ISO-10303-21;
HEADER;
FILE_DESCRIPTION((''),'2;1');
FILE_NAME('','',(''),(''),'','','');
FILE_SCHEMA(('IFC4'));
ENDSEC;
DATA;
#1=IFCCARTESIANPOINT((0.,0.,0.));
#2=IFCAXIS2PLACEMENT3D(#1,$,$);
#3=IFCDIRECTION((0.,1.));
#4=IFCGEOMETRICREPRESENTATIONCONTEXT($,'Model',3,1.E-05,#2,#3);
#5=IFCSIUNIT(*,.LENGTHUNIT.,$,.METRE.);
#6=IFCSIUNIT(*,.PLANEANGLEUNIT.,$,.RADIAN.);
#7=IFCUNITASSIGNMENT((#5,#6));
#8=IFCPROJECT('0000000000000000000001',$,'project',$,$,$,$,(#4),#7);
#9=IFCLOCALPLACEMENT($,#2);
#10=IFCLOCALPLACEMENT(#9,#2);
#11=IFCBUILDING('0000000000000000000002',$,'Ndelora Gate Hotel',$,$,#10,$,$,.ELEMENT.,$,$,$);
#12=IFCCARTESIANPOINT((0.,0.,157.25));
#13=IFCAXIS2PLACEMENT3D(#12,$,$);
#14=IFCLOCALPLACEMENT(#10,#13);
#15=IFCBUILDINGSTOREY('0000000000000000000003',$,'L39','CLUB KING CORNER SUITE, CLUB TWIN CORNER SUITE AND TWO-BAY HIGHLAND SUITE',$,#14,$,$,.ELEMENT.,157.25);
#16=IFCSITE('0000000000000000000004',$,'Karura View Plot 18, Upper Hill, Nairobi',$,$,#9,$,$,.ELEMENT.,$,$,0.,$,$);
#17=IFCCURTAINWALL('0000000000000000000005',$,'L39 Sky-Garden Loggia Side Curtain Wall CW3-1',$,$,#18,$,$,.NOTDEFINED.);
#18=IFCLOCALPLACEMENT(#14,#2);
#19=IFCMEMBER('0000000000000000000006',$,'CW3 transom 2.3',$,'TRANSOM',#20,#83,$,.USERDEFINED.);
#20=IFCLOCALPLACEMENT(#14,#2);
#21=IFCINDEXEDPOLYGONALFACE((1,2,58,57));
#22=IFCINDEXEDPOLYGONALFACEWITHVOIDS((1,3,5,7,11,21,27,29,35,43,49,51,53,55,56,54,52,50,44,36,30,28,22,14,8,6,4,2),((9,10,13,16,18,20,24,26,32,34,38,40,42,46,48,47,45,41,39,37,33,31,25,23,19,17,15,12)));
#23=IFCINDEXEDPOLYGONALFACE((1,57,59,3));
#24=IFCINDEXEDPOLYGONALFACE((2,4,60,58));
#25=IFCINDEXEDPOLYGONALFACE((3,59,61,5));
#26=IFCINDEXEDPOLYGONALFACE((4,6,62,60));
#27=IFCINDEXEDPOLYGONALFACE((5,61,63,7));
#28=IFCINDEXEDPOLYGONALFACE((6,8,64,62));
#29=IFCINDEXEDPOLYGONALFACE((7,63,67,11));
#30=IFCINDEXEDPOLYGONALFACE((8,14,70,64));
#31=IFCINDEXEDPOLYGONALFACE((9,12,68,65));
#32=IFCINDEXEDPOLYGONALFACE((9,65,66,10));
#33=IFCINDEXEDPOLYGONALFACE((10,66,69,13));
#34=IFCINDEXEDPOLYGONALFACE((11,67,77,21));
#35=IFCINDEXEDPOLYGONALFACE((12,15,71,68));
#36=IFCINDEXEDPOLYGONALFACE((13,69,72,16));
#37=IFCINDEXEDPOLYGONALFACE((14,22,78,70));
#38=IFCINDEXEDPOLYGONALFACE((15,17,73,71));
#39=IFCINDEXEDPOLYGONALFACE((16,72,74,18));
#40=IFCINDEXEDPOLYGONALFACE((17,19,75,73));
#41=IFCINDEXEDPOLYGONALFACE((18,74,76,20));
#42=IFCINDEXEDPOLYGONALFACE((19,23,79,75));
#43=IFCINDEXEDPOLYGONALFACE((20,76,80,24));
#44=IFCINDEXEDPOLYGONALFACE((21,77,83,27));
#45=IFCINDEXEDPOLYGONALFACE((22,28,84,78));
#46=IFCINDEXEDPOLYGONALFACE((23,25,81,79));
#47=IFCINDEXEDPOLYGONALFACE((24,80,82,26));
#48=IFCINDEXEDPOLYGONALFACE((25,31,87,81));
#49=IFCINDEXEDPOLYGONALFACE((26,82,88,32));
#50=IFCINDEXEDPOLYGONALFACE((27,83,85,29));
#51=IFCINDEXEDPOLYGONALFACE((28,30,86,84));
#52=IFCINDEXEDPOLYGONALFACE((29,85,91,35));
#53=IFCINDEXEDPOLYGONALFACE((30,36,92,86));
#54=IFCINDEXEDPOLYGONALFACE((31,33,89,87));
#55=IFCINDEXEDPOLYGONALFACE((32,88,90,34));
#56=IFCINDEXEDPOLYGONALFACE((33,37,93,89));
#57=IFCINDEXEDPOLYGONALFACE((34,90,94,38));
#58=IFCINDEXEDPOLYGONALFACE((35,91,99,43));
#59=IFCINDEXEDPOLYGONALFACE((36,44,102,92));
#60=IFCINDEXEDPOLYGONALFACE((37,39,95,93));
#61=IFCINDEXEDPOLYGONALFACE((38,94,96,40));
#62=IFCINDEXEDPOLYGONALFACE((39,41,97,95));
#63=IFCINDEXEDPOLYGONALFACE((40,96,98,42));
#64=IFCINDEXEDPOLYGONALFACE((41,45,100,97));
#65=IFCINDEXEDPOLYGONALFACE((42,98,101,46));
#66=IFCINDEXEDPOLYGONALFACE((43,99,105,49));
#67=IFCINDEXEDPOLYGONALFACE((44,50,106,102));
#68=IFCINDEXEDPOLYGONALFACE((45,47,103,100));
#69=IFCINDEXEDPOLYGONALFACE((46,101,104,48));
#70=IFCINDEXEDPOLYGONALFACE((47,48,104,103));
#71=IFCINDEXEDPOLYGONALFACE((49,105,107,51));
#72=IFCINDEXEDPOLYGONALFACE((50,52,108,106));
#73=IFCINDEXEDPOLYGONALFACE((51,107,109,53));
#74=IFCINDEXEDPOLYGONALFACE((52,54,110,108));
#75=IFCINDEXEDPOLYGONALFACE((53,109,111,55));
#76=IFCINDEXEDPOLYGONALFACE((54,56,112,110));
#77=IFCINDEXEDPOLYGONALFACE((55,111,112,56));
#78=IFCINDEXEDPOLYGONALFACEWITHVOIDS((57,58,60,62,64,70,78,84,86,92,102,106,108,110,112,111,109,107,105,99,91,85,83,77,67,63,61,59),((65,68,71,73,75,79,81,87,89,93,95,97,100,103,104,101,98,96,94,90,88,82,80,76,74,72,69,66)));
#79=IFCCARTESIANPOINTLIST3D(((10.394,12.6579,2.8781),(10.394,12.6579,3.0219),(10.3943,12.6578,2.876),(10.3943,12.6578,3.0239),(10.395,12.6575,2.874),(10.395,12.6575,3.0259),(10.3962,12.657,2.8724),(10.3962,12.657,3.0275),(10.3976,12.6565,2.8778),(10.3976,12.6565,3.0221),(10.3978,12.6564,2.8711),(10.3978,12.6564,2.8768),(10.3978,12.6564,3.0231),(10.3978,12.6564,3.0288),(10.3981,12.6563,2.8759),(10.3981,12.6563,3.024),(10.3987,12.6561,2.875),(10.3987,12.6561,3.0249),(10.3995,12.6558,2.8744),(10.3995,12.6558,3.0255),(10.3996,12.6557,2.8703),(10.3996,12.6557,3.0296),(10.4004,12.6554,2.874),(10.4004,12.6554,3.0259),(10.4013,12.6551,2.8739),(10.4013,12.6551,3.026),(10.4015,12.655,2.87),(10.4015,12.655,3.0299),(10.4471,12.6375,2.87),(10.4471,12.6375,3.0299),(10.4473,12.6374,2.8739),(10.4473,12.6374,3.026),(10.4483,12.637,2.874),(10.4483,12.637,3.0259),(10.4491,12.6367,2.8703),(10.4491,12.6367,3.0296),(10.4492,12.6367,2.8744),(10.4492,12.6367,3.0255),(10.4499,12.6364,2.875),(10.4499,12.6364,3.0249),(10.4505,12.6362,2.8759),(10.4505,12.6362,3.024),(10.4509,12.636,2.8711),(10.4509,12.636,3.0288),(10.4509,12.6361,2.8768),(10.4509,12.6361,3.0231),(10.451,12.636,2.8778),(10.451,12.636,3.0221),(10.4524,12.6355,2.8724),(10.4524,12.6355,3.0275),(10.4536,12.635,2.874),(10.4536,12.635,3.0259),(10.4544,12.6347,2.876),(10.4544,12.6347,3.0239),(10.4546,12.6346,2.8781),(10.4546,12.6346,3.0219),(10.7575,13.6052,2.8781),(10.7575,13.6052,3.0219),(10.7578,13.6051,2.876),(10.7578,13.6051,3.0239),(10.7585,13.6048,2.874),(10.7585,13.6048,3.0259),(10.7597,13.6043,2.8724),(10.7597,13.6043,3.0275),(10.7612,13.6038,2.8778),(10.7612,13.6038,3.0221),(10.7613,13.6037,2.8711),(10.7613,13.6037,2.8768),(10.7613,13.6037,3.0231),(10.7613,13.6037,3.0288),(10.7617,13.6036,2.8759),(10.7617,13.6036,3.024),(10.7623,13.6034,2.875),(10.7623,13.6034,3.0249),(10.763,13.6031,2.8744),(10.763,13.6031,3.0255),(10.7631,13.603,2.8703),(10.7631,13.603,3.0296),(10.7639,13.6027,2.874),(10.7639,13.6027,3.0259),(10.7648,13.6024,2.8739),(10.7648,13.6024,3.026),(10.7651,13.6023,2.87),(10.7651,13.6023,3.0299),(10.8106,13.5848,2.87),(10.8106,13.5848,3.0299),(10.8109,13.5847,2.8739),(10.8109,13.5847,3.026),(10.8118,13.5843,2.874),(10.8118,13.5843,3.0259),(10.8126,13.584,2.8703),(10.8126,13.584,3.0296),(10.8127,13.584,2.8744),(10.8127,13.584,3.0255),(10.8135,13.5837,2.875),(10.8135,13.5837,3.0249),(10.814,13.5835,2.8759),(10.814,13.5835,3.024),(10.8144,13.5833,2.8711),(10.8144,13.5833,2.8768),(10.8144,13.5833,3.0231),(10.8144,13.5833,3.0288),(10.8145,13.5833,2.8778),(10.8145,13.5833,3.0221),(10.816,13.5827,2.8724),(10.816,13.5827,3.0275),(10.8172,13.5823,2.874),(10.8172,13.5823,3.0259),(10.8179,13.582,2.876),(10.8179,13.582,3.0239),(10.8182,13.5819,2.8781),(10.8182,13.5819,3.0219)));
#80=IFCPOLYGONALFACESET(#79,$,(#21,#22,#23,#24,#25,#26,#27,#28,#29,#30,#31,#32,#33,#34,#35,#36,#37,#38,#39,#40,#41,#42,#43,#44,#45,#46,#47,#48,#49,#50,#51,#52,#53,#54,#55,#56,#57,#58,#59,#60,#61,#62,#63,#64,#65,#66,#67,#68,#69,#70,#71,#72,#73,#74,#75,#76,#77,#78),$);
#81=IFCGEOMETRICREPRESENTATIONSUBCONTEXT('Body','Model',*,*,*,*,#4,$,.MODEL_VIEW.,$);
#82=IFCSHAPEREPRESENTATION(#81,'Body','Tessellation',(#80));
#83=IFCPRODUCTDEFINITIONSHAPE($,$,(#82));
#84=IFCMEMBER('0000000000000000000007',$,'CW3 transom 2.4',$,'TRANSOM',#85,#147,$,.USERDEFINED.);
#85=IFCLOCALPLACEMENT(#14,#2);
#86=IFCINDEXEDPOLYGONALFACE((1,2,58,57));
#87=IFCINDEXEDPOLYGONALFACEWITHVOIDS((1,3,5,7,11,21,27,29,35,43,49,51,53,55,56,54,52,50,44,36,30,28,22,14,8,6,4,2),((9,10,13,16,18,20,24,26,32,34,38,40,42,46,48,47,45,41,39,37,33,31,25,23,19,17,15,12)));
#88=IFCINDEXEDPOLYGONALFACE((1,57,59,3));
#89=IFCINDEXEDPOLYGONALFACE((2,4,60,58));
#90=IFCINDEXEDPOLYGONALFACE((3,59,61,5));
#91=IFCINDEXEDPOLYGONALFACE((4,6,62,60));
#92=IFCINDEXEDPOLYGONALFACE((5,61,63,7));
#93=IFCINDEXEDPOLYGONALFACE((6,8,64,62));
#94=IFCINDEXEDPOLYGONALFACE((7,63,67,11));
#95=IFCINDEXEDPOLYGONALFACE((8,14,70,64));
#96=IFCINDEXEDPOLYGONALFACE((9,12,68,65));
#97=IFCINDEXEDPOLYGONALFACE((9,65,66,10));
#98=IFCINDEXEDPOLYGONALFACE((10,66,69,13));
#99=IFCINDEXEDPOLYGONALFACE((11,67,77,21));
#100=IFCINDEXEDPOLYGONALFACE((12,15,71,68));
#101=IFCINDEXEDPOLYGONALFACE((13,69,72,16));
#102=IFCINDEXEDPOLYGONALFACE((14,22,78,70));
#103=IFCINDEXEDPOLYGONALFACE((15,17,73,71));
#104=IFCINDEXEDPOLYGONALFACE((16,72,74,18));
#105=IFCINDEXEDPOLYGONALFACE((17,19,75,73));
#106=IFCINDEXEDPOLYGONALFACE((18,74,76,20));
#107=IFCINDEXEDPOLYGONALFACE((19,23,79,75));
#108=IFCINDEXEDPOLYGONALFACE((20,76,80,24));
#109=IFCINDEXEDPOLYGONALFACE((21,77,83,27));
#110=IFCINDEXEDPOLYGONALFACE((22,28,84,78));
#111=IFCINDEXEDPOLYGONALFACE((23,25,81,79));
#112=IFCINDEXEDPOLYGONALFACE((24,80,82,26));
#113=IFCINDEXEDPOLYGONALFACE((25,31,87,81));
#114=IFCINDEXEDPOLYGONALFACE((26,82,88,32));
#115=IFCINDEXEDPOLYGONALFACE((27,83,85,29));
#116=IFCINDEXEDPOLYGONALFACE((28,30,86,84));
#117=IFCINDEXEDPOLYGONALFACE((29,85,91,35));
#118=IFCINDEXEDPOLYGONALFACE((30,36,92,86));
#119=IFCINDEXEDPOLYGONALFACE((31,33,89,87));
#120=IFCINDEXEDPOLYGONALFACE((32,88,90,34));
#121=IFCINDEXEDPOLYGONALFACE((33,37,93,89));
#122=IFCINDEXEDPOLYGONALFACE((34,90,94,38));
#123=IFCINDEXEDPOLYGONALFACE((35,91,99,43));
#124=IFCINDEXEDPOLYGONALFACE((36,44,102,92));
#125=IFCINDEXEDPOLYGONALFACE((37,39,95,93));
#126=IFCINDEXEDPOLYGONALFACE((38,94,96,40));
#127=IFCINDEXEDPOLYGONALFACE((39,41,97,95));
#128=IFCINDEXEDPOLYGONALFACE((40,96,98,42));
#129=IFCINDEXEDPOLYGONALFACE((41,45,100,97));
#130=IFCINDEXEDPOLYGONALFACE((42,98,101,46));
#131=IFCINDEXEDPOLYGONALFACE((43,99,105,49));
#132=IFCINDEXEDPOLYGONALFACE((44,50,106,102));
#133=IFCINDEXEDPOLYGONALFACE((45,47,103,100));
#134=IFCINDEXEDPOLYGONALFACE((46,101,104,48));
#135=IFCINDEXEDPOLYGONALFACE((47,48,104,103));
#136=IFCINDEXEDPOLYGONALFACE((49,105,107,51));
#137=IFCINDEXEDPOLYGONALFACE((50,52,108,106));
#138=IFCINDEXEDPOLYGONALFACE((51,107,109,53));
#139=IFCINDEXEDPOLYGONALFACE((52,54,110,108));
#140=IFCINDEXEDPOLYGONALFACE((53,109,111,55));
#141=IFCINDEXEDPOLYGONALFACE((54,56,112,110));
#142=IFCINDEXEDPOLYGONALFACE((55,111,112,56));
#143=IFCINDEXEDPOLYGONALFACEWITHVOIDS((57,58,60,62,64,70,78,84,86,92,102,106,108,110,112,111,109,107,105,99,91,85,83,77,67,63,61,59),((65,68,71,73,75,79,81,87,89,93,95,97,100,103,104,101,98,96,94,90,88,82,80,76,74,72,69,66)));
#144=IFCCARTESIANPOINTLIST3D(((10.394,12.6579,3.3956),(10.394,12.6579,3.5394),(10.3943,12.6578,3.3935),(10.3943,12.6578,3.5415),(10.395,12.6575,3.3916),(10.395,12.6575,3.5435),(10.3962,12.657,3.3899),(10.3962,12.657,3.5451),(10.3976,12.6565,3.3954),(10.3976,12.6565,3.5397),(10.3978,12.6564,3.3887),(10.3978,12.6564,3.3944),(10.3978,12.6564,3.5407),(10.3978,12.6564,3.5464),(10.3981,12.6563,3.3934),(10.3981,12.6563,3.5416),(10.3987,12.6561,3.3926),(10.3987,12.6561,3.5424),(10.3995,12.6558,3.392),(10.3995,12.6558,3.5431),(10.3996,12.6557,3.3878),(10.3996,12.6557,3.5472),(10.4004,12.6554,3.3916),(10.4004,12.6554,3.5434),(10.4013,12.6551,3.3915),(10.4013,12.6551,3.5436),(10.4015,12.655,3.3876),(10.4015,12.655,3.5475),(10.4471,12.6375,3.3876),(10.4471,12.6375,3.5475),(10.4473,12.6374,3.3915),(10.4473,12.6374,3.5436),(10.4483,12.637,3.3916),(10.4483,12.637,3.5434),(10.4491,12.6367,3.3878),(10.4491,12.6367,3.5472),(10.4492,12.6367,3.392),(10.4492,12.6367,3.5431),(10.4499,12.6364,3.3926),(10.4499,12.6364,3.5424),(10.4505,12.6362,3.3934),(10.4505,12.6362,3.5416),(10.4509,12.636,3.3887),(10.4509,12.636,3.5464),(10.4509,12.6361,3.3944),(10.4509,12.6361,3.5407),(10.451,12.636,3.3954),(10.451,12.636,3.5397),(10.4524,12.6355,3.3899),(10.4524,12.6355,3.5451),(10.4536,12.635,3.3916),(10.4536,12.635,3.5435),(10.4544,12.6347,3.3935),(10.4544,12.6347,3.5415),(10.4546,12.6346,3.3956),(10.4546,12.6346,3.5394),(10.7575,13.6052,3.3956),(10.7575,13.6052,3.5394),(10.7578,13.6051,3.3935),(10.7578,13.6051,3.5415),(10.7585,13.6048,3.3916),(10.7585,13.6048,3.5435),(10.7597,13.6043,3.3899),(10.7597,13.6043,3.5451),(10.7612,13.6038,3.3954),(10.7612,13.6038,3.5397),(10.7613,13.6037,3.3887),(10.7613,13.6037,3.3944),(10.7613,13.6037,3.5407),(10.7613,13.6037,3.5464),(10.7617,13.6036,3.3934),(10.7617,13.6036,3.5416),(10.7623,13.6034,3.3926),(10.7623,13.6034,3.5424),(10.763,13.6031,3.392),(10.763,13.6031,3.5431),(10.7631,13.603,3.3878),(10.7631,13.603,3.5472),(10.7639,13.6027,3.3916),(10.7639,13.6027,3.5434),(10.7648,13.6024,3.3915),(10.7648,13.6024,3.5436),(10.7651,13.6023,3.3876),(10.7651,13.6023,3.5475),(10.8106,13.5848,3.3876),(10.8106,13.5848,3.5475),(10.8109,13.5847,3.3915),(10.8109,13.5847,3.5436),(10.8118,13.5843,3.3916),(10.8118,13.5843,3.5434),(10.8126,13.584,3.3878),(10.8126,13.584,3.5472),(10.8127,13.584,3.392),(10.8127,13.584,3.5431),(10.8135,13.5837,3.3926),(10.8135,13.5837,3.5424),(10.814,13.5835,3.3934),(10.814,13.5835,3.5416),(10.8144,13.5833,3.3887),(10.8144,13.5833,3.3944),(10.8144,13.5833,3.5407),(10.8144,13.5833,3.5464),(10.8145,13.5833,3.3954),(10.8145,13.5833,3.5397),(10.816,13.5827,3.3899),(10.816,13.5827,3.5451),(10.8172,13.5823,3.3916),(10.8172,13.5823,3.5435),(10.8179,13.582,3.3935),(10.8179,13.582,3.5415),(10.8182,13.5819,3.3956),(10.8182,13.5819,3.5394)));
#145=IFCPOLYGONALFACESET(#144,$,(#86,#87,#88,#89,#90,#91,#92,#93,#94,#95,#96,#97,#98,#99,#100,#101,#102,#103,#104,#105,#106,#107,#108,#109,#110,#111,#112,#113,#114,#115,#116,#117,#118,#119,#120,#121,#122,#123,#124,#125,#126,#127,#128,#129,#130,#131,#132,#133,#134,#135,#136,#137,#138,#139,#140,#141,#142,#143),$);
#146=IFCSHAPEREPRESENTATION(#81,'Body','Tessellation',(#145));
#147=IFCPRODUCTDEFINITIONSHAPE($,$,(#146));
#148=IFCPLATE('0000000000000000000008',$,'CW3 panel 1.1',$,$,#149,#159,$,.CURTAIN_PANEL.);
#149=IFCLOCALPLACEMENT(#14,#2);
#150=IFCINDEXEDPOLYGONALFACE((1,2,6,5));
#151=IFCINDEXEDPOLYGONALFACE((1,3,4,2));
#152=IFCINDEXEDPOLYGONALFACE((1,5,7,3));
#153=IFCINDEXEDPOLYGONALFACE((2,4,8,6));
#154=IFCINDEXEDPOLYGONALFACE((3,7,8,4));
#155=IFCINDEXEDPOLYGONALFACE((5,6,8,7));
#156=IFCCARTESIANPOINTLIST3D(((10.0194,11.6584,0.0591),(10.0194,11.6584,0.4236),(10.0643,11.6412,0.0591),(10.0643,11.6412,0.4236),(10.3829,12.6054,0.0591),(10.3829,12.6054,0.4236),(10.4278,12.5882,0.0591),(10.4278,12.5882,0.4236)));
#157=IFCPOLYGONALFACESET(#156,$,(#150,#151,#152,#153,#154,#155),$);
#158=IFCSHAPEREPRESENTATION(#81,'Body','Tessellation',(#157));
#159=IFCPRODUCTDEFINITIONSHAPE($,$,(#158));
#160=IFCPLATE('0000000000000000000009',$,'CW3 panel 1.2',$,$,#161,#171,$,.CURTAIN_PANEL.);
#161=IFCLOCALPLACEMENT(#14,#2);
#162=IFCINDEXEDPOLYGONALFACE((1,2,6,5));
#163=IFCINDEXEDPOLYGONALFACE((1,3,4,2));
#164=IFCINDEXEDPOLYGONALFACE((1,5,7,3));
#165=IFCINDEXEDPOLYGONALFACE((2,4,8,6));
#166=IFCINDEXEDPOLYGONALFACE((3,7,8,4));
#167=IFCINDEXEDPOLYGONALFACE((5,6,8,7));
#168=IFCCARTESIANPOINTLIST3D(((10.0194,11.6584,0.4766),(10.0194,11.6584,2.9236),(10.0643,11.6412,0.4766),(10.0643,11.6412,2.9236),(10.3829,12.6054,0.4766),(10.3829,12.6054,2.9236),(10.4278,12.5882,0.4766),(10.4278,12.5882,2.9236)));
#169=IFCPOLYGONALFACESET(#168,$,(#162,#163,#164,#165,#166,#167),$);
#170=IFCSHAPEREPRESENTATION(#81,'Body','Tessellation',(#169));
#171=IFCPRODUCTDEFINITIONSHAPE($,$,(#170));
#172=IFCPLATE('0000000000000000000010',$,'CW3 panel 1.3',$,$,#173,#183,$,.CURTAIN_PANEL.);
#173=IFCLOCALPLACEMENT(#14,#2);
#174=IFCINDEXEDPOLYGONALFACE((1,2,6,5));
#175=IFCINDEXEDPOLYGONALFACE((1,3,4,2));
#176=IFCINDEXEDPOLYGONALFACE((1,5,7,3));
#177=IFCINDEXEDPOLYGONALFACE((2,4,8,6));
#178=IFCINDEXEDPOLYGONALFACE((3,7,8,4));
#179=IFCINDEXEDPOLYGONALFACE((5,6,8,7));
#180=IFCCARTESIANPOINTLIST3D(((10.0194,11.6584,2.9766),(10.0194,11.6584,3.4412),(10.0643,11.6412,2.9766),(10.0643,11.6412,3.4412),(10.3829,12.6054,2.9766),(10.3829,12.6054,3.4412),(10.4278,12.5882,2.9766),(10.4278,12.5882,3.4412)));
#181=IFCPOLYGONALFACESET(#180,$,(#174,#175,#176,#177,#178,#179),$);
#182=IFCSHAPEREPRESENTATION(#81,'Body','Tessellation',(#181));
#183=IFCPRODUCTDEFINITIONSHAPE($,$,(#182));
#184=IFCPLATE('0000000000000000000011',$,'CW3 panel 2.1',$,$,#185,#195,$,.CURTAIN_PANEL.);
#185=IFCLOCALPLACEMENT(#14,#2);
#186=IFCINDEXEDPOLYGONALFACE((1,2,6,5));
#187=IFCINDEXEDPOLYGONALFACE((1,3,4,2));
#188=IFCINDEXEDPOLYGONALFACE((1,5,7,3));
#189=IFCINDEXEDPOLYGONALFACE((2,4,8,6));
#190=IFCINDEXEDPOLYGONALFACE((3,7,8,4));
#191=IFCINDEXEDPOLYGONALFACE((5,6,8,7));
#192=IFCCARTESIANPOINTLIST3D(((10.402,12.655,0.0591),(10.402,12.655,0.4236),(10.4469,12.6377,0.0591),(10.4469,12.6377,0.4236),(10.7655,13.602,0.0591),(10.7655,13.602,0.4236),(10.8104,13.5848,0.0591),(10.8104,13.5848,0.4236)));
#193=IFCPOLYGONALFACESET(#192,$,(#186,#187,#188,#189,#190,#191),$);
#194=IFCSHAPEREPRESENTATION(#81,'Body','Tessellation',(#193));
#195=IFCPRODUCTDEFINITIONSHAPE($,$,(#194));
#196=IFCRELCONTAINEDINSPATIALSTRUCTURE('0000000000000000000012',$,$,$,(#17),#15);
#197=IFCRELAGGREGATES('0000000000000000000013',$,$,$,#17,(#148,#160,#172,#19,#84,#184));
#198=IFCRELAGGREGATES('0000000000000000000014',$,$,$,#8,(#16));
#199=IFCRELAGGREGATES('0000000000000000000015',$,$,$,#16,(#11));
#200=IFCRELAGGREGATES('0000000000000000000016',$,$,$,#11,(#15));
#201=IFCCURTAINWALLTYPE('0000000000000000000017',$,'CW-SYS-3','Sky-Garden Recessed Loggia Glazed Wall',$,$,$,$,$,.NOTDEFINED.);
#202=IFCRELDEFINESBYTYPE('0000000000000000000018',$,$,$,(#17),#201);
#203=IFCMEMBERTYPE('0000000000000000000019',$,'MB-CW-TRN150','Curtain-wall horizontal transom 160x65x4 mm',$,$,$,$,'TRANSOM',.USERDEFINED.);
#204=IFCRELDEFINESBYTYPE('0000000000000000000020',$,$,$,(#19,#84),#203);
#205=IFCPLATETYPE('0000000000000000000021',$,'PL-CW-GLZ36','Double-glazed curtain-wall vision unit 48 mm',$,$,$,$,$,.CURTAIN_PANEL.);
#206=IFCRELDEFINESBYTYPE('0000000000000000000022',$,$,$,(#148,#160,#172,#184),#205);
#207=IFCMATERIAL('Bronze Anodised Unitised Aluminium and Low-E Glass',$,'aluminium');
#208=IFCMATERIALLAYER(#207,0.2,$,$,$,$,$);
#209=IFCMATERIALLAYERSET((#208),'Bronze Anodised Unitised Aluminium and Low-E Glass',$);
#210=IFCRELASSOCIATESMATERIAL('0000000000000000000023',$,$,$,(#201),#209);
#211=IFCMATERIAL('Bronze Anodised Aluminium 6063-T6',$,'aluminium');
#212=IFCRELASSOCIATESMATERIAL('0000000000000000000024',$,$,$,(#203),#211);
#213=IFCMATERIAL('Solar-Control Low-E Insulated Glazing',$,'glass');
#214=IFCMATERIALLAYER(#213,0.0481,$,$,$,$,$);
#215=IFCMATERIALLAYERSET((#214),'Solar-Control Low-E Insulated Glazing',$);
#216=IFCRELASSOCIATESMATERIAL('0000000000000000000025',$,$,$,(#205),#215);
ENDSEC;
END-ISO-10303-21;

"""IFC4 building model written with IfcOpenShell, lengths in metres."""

from ifc_helpers import new_model, si_unit, direction, frame, origin, origin_2d, place, context, subcontext, project, spatial, rectangle, hollow_rectangle, extrude, material, layer, layer_set, material_profile, profile_set, type_object, element, aggregate, save


model = new_model("IFC4")

# Units and contexts
model_context = context("Model", 3, precision=1e-05, world=origin(), true_north=direction((0.0, 1.0)))
body_context = subcontext(model_context, "Body", "Model", "MODEL_VIEW")
ifc_project = project(units=[si_unit("LENGTHUNIT", "METRE"), si_unit("PLANEANGLEUNIT", "RADIAN")], contexts=[model_context])

# Site, building, storey
site_placement = place(None, origin())
site = spatial("IfcSite", under=ifc_project, at=site_placement, Name="Karura View Plot 18, Upper Hill, Nairobi", CompositionType="ELEMENT", RefElevation=0.0)
building_placement = place(site_placement, origin())
building = spatial("IfcBuilding", under=site, at=building_placement, Name="Ndelora Gate Hotel", CompositionType="ELEMENT")
storey_placement = place(building_placement, frame((0.0, 0.0, 157.25)))
storey = spatial("IfcBuildingStorey", under=building, at=storey_placement, Name="L39", Description="CLUB KING CORNER SUITE, CLUB TWIN CORNER SUITE AND TWO-BAY HIGHLAND SUITE", CompositionType="ELEMENT", Elevation=157.25)

# Curtain wall, members, plates
ifc_material_1 = material(Name="Bronze Anodised Unitised Aluminium and Low-E Glass", Category="aluminium")
ifc_layer_1 = layer(ifc_material_1, 0.2)
ifc_layer_set_1 = layer_set([ifc_layer_1], Name="Bronze Anodised Unitised Aluminium and Low-E Glass")
curtain_wall_type = type_object("IfcCurtainWallType", Name="CW-SYS-3", Description="Sky-Garden Recessed Loggia Glazed Wall", PredefinedType="NOTDEFINED", material=ifc_layer_set_1)
curtain_wall_placement = place(storey_placement, origin())
curtain_wall = element("IfcCurtainWall", 1, at=curtain_wall_placement, inside=storey, type_object=curtain_wall_type, Name="L39 Sky-Garden Loggia Side Curtain Wall CW3-1", PredefinedType="NOTDEFINED")
ifc_material_2 = material(Name="Bronze Anodised Aluminium 6063-T6", Category="aluminium")
ifc_material_profile_1 = material_profile(ifc_material_2, hollow_rectangle(XDim=0.0649, YDim=0.1599, WallThickness=0.0039, InnerFilletRadius=0.0039, OuterFilletRadius=0.0081, at=origin_2d()), Name="ALU 160x65x4")
ifc_profile_set_1 = profile_set([ifc_material_profile_1], Name="Bronze Anodised Aluminium 6063-T6")
member_type_1 = type_object("IfcMemberType", Name="MB-CW-TRN150", Description="Curtain-wall horizontal transom 160x65x4 mm", ElementType="TRANSOM", PredefinedType="USERDEFINED", material=ifc_profile_set_1)
member_1_placement = place(storey_placement, frame((10.4243, 12.6462, 2.95), z_axis=(0.358286, 0.933612, 0.0), x_axis=(-0.933612, 0.358286, 0.0)))
member_1 = element("IfcMember", 2, at=member_1_placement, type_object=member_type_1, Name="CW3 transom 2.3", ObjectType="TRANSOM", PredefinedType="USERDEFINED", context=body_context, shape_type="SweptSolid", body=[
    extrude(hollow_rectangle(XDim=0.0649, YDim=0.1599, WallThickness=0.0039, InnerFilletRadius=0.0039, OuterFilletRadius=0.0081, at=origin_2d()), origin(), (0.0, 0.0, 1.0), 1.0146),
])
member_2_placement = place(storey_placement, frame((10.4243, 12.6462, 3.4675), z_axis=(0.358286, 0.933612, 0.0), x_axis=(-0.933612, 0.358286, 0.0)))
member_2 = element("IfcMember", 3, at=member_2_placement, type_object=member_type_1, Name="CW3 transom 2.4", ObjectType="TRANSOM", PredefinedType="USERDEFINED", context=body_context, shape_type="SweptSolid", body=[
    extrude(hollow_rectangle(XDim=0.0649, YDim=0.1599, WallThickness=0.0039, InnerFilletRadius=0.0039, OuterFilletRadius=0.0081, at=origin_2d()), origin(), (0.0, 0.0, 1.0), 1.0146),
])
ifc_material_3 = material(Name="Solar-Control Low-E Insulated Glazing", Category="glass")
ifc_layer_2 = layer(ifc_material_3, 0.0481)
ifc_layer_set_2 = layer_set([ifc_layer_2], Name="Solar-Control Low-E Insulated Glazing")
plate_type = type_object("IfcPlateType", Name="PL-CW-GLZ36", Description="Double-glazed curtain-wall vision unit 48 mm", PredefinedType="CURTAIN_PANEL", material=ifc_layer_set_2)
plate_1_placement = place(storey_placement, frame((10.2236, 12.1233, 0.0591), z_axis=(0.0, 0.0, 1.0), x_axis=(0.358361, 0.933583, 0.0)))
plate_1 = element("IfcPlate", 4, at=plate_1_placement, type_object=plate_type, Name="CW3 panel 1.1", PredefinedType="CURTAIN_PANEL", context=body_context, shape_type="SweptSolid", body=[
    extrude(rectangle(XDim=1.0144, YDim=0.0481, at=origin_2d()), origin(), (0.0, 0.0, 1.0), 0.3645),
])
plate_2_placement = place(storey_placement, frame((10.2236, 12.1233, 0.4766), z_axis=(0.0, 0.0, 1.0), x_axis=(0.358361, 0.933583, 0.0)))
plate_2 = element("IfcPlate", 5, at=plate_2_placement, type_object=plate_type, Name="CW3 panel 1.2", PredefinedType="CURTAIN_PANEL", context=body_context, shape_type="SweptSolid", body=[
    extrude(rectangle(XDim=1.0144, YDim=0.0481, at=origin_2d()), origin(), (0.0, 0.0, 1.0), 2.447),
])
plate_3_placement = place(storey_placement, frame((10.2236, 12.1233, 2.9766), z_axis=(0.0, 0.0, 1.0), x_axis=(0.358361, 0.933583, 0.0)))
plate_3 = element("IfcPlate", 6, at=plate_3_placement, type_object=plate_type, Name="CW3 panel 1.3", PredefinedType="CURTAIN_PANEL", context=body_context, shape_type="SweptSolid", body=[
    extrude(rectangle(XDim=1.0144, YDim=0.0481, at=origin_2d()), origin(), (0.0, 0.0, 1.0), 0.4646),
])
plate_4_placement = place(storey_placement, frame((10.6062, 13.1199, 0.0591), z_axis=(0.0, 0.0, 1.0), x_axis=(0.358361, 0.933583, 0.0)))
plate_4 = element("IfcPlate", 7, at=plate_4_placement, type_object=plate_type, Name="CW3 panel 2.1", PredefinedType="CURTAIN_PANEL", context=body_context, shape_type="SweptSolid", body=[
    extrude(rectangle(XDim=1.0144, YDim=0.0481, at=origin_2d()), origin(), (0.0, 0.0, 1.0), 0.3645),
])
aggregate(curtain_wall, [plate_1, plate_2, plate_3, member_1, member_2, plate_4])

save(model, "model.ifc")
